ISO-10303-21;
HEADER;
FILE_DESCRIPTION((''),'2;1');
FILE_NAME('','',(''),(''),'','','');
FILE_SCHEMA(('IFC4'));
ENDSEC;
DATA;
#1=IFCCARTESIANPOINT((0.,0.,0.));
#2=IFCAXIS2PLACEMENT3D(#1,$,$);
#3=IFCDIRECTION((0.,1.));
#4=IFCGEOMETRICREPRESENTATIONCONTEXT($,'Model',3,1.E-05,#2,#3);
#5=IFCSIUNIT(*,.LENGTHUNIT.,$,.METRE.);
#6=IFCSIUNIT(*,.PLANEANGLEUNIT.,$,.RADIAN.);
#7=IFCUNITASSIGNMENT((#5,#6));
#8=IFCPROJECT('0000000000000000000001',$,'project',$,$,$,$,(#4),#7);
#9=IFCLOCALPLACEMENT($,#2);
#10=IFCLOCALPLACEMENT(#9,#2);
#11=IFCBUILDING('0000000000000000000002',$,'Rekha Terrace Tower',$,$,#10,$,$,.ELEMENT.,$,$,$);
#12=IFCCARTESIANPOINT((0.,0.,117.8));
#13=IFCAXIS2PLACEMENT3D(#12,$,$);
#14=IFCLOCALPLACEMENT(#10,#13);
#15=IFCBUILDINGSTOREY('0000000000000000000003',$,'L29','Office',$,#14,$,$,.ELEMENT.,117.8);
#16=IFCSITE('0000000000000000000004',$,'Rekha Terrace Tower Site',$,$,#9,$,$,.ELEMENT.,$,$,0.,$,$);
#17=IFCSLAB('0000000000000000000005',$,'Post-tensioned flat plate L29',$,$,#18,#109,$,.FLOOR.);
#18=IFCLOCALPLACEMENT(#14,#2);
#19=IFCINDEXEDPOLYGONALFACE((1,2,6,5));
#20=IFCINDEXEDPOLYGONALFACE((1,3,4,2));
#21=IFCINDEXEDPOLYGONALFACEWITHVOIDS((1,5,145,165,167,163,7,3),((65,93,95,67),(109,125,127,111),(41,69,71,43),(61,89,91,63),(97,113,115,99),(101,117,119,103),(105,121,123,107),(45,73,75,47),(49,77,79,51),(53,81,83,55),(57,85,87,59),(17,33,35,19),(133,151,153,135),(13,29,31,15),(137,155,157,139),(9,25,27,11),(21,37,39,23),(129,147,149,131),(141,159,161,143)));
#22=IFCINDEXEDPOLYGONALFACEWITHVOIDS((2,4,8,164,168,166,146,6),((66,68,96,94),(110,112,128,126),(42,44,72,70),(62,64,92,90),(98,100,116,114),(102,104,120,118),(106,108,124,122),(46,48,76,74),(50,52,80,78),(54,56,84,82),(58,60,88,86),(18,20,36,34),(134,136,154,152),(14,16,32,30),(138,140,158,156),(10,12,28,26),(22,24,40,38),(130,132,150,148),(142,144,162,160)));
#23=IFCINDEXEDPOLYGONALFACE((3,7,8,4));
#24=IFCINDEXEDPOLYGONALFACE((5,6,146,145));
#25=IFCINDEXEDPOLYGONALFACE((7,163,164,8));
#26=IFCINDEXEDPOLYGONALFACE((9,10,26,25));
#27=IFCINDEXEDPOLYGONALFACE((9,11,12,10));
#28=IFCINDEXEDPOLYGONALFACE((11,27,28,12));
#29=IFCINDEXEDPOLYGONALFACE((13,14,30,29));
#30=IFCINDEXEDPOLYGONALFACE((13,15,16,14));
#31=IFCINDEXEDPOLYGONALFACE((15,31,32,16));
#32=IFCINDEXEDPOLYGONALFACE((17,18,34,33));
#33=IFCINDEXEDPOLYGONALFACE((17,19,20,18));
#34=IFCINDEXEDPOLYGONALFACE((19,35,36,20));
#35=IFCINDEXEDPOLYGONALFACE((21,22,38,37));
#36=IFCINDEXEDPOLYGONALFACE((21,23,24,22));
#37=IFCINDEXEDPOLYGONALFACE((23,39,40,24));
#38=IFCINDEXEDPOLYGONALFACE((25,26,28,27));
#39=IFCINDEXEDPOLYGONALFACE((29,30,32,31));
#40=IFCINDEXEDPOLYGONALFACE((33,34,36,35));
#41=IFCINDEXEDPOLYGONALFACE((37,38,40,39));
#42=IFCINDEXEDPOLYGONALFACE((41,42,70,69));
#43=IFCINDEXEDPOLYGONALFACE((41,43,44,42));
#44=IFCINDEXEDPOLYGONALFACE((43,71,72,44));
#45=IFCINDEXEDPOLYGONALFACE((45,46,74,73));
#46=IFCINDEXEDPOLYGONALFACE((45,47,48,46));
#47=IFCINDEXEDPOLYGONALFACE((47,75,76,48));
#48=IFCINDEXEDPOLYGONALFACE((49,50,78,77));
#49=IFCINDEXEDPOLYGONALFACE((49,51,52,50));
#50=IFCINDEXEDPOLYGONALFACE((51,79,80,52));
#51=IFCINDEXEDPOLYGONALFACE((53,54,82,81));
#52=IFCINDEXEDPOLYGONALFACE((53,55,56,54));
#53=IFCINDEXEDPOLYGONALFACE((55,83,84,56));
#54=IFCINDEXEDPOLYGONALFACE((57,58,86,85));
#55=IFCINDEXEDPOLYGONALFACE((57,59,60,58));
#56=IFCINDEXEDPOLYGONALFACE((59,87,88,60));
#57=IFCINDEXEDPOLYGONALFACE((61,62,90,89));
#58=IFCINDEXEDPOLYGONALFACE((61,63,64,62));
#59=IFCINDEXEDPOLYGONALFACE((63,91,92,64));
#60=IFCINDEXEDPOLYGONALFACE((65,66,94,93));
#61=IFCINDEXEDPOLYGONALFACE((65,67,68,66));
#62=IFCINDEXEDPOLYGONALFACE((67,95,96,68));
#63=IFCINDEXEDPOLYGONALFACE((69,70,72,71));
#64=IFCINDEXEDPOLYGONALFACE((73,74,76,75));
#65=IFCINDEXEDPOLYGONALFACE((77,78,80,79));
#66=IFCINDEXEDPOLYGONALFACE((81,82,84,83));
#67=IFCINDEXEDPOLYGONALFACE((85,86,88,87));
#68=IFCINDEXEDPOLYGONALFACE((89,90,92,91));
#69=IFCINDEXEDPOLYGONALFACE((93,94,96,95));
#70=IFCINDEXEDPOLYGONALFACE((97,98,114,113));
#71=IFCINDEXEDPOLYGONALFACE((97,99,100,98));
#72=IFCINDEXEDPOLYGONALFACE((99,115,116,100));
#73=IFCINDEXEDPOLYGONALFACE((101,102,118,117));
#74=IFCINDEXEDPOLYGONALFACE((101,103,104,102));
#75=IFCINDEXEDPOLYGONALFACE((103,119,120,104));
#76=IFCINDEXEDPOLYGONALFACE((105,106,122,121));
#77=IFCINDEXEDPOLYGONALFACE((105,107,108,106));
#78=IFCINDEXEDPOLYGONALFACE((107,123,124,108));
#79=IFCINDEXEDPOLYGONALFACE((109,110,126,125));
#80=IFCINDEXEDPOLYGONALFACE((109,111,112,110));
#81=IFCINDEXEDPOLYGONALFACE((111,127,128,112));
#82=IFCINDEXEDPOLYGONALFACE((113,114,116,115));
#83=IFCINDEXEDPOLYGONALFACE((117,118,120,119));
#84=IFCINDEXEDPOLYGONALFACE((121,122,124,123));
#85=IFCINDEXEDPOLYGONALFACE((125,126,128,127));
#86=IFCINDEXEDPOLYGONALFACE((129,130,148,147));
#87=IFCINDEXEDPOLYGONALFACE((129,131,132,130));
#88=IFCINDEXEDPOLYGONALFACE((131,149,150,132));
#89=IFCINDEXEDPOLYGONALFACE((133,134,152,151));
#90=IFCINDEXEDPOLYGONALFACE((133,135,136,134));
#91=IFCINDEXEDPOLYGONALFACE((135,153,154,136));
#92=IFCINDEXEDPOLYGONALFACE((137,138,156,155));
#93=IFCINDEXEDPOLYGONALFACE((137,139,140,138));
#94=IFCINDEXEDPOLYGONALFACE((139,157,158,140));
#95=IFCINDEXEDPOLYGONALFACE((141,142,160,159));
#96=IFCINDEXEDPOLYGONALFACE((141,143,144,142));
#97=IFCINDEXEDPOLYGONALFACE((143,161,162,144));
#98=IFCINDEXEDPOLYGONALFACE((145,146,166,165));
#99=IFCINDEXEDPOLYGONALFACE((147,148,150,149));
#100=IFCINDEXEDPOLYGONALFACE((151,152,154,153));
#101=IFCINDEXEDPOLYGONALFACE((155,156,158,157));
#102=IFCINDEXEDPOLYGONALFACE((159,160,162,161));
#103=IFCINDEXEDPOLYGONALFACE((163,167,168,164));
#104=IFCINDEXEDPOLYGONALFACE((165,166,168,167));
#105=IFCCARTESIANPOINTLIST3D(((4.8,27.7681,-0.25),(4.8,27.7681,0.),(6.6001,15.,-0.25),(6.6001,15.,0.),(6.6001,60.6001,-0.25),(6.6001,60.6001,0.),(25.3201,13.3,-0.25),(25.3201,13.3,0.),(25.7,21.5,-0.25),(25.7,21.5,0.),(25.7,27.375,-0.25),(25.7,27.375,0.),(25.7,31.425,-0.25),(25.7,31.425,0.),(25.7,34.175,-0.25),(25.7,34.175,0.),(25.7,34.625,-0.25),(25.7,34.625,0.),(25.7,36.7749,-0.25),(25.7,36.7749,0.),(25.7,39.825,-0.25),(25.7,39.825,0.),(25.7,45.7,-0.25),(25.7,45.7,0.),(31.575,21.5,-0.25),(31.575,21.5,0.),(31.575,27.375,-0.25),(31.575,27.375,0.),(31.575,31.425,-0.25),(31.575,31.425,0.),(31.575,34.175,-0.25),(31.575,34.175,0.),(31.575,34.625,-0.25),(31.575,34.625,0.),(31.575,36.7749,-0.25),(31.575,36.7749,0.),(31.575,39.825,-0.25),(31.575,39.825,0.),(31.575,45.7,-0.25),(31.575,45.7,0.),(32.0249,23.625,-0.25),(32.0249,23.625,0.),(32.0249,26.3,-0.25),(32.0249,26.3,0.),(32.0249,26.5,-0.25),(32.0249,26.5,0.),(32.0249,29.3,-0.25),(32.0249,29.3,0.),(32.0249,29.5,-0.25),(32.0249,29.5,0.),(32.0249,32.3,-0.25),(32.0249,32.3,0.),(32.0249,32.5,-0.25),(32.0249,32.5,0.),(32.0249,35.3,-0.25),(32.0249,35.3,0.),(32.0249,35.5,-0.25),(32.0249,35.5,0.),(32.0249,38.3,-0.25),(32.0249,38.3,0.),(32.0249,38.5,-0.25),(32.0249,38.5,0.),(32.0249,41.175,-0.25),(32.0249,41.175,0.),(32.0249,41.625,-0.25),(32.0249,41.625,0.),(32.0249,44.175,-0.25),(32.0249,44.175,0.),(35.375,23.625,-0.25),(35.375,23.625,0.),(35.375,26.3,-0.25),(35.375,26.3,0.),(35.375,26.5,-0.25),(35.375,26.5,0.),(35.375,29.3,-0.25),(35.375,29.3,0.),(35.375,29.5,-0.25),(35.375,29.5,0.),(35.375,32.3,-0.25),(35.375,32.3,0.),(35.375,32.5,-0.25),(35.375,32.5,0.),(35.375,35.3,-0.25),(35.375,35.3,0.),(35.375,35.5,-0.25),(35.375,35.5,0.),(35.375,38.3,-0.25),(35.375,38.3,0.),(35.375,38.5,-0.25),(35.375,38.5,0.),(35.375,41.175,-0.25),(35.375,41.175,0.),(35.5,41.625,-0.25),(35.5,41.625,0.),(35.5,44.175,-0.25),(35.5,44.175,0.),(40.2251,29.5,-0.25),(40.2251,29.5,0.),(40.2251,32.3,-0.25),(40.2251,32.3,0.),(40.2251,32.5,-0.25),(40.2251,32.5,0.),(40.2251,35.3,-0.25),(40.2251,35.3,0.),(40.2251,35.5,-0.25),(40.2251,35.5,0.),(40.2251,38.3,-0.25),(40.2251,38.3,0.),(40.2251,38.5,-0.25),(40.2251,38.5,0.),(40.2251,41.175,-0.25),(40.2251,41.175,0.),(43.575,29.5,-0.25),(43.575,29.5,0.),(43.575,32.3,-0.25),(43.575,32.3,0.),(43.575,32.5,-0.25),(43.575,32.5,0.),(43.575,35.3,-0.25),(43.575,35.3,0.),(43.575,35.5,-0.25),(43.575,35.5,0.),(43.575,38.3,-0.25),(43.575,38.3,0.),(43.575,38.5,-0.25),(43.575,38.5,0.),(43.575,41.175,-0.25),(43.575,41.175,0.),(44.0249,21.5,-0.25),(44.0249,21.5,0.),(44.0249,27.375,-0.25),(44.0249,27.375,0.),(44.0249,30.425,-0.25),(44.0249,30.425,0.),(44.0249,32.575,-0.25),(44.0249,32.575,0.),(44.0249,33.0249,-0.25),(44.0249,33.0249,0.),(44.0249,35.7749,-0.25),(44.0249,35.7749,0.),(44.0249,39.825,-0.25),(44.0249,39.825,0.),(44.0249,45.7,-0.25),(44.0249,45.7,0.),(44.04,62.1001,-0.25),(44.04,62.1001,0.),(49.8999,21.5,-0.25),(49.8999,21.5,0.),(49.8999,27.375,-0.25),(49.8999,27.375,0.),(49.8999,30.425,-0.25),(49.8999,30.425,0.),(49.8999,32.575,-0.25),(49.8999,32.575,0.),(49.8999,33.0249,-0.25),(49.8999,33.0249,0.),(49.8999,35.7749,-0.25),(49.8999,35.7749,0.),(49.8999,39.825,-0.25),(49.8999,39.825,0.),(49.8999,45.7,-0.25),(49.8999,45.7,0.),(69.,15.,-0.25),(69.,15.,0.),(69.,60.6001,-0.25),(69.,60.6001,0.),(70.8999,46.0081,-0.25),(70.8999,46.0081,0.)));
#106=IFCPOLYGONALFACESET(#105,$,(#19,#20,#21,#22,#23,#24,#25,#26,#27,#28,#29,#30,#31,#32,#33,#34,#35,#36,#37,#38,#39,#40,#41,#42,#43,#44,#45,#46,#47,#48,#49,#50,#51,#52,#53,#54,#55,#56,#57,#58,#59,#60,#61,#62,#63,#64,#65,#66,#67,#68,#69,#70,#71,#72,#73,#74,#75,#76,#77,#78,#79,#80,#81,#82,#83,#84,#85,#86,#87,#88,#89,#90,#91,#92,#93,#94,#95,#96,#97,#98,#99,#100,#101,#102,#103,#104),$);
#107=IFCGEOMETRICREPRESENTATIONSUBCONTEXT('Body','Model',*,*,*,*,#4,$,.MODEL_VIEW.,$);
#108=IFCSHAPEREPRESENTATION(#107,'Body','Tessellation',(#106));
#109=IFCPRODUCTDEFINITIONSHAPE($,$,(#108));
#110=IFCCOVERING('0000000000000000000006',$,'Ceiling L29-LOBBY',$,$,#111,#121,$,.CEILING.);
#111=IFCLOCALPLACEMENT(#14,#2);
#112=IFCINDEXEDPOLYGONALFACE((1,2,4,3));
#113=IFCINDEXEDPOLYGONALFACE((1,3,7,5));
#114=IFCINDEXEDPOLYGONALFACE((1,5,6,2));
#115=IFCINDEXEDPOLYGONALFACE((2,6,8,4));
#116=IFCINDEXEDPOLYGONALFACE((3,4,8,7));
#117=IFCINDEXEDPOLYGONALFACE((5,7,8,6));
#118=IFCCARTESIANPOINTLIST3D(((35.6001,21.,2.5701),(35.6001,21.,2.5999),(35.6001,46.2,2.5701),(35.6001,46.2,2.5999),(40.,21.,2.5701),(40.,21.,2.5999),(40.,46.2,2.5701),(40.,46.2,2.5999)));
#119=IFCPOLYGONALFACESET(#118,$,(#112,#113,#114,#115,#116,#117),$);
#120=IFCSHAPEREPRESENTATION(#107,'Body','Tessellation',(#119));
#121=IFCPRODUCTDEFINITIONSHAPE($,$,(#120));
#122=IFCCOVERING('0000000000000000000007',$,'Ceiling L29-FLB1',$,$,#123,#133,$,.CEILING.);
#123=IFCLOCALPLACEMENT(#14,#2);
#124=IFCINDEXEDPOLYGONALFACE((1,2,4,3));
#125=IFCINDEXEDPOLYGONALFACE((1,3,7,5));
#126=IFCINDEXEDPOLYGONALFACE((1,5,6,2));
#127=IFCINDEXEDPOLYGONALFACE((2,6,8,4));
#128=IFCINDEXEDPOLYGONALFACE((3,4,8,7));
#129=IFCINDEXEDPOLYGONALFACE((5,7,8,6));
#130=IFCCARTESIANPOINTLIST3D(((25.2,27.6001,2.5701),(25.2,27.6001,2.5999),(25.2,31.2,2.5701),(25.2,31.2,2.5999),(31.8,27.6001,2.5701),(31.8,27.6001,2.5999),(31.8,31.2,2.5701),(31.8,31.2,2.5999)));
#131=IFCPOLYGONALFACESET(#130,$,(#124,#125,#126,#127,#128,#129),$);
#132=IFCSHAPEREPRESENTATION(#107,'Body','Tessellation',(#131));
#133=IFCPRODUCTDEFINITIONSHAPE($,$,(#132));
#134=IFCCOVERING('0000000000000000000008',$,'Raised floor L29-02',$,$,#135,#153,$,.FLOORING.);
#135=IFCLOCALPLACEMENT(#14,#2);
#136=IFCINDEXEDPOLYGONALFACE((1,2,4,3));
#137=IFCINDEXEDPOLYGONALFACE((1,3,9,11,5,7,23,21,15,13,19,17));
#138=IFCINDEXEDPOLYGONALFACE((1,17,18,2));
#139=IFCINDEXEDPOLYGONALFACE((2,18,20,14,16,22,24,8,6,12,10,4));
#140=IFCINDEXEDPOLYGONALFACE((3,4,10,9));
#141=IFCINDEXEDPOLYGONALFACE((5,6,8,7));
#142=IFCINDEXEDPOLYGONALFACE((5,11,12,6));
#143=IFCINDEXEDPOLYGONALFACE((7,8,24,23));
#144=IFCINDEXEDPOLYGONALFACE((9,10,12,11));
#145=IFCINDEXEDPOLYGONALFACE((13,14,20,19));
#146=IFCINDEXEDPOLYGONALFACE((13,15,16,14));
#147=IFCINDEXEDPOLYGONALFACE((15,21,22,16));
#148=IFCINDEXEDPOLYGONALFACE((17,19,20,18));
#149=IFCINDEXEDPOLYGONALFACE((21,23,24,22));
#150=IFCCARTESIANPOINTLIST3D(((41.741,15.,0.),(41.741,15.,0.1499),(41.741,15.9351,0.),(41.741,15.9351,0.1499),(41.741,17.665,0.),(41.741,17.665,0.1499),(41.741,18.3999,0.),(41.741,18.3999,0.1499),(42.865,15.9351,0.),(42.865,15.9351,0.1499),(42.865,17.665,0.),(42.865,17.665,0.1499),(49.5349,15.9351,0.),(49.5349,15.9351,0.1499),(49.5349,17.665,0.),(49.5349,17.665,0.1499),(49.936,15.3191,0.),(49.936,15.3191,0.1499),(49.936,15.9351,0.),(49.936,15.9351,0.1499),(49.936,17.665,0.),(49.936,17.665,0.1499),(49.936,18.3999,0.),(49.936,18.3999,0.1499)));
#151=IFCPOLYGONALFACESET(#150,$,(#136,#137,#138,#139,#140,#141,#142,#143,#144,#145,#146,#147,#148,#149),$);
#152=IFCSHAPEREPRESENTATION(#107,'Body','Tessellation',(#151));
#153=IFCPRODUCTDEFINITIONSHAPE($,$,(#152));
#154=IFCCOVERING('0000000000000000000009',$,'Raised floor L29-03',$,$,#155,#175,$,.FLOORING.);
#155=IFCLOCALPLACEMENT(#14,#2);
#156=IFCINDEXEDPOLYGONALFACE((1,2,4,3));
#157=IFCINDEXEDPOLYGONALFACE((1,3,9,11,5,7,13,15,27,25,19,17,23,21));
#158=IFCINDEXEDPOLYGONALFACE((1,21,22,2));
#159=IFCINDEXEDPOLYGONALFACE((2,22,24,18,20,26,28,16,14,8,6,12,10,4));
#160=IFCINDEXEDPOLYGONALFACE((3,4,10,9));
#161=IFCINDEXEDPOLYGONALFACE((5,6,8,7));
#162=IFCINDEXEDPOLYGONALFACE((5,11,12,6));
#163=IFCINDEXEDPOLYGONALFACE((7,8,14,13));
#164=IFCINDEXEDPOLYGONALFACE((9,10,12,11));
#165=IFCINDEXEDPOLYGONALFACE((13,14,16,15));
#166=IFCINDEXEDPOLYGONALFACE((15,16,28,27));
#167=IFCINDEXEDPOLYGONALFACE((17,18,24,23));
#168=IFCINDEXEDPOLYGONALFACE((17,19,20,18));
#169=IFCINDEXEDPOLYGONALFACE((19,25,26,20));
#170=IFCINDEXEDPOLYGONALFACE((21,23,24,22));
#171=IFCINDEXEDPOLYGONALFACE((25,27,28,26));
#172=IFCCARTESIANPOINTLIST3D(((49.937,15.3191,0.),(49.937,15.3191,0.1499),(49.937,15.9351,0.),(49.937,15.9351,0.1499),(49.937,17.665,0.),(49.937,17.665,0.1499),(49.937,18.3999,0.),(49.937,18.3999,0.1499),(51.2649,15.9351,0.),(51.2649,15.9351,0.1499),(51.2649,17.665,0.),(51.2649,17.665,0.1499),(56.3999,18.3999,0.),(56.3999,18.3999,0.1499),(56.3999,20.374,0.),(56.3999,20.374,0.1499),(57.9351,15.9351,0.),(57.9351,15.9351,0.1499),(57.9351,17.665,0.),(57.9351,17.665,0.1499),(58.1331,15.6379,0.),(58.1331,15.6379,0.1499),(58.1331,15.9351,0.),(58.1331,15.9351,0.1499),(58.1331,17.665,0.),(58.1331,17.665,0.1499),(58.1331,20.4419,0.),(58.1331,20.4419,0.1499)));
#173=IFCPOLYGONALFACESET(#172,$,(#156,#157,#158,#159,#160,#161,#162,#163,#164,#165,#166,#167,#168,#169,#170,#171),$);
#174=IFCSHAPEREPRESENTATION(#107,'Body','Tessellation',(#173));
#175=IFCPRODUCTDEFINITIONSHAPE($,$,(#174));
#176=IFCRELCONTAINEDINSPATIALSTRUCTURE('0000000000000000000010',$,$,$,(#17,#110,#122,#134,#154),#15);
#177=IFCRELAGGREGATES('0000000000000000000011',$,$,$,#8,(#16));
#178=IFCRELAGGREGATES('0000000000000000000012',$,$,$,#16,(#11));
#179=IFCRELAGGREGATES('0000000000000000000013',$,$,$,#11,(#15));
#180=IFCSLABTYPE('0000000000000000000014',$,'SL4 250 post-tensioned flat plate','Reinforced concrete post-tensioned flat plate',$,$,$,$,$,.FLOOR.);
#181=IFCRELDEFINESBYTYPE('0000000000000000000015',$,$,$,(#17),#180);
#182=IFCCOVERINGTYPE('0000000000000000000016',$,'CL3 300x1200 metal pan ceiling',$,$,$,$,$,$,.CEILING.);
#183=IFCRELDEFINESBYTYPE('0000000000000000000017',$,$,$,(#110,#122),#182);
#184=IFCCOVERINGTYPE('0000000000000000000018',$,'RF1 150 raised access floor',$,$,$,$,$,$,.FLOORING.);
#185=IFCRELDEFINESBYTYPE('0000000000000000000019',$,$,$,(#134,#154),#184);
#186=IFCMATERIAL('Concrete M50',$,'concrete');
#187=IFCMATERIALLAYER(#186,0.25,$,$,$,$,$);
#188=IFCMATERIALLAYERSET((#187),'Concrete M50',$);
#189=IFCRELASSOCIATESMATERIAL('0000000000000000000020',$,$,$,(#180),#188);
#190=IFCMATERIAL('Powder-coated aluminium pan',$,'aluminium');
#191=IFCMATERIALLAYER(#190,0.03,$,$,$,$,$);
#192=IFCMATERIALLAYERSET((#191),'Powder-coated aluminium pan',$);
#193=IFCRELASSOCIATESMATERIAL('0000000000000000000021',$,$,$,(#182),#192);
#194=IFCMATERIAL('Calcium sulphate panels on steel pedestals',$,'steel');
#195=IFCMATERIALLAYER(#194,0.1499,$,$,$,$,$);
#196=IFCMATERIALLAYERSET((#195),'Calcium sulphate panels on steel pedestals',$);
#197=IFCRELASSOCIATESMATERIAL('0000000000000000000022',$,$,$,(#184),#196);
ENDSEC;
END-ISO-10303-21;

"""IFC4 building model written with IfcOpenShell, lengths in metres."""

from ifc_helpers import new_model, si_unit, direction, frame, origin, place, context, subcontext, project, spatial, polyline, outline, extrude, material, layer, layer_set, type_object, element, save


model = new_model("IFC4")

# Units and contexts
model_context = context("Model", 3, precision=1e-05, world=origin(), true_north=direction((0.0, 1.0)))
body_context = subcontext(model_context, "Body", "Model", "MODEL_VIEW")
ifc_project = project(units=[si_unit("LENGTHUNIT", "METRE"), si_unit("PLANEANGLEUNIT", "RADIAN")], contexts=[model_context])

# Site, building, storey
site_placement = place(None, origin())
site = spatial("IfcSite", under=ifc_project, at=site_placement, Name="Rekha Terrace Tower Site", CompositionType="ELEMENT", RefElevation=0.0)
building_placement = place(site_placement, origin())
building = spatial("IfcBuilding", under=site, at=building_placement, Name="Rekha Terrace Tower", CompositionType="ELEMENT")
storey_placement = place(building_placement, frame((0.0, 0.0, 117.8)))
storey = spatial("IfcBuildingStorey", under=building, at=storey_placement, Name="L29", Description="Office", CompositionType="ELEMENT", Elevation=117.8)

# Slab
ifc_material_1 = material(Name="Concrete M50", Category="concrete")
ifc_layer_1 = layer(ifc_material_1, 0.25)
ifc_layer_set_1 = layer_set([ifc_layer_1], Name="Concrete M50")
slab_type_1 = type_object("IfcSlabType", Name="SL4 250 post-tensioned flat plate", Description="Reinforced concrete post-tensioned flat plate", PredefinedType="FLOOR", material=ifc_layer_set_1)
slab_1_placement = place(storey_placement, frame((0.0, 0.0, -0.25)))
element("IfcSlab", 1, at=slab_1_placement, inside=storey, type_object=slab_type_1, Name="Post-tensioned flat plate L29", PredefinedType="FLOOR", context=body_context, shape_type="SweptSolid", body=[
    extrude(outline(polyline([(4.8, 27.7681), (6.6001, 15.0), (25.3201, 13.3), (69.0, 15.0), (70.8999, 46.0081), (69.0, 60.6001), (44.04, 62.1001), (6.6001, 60.6001), (4.8, 27.7681)]), holes=[polyline([(31.575, 27.375), (31.575, 21.5), (25.7, 21.5), (25.7, 27.375), (31.575, 27.375)]), polyline([(35.375, 26.3), (35.375, 23.625), (32.0249, 23.625), (32.0249, 26.3), (35.375, 26.3)]), polyline([(35.375, 29.3), (35.375, 26.5), (32.0249, 26.5), (32.0249, 29.3), (35.375, 29.3)]), polyline([(35.375, 32.3), (35.375, 29.5), (32.0249, 29.5), (32.0249, 32.3), (35.375, 32.3)]), polyline([(31.575, 34.175), (31.575, 31.425), (25.7, 31.425), (25.7, 34.175), (31.575, 34.175)]), polyline([(35.375, 35.3), (35.375, 32.5), (32.0249, 32.5), (32.0249, 35.3), (35.375, 35.3)]), polyline([(31.575, 36.7749), (31.575, 34.625), (25.7, 34.625), (25.7, 36.7749), (31.575, 36.7749)]), polyline([(35.375, 35.5), (32.0249, 35.5), (32.0249, 38.3), (35.375, 38.3), (35.375, 35.5)]), polyline([(35.375, 38.5), (32.0249, 38.5), (32.0249, 41.175), (35.375, 41.175), (35.375, 38.5)]), polyline([(31.575, 45.7), (31.575, 39.825), (25.7, 39.825), (25.7, 45.7), (31.575, 45.7)]), polyline([(49.8999, 27.375), (49.8999, 21.5), (44.0249, 21.5), (44.0249, 27.375), (49.8999, 27.375)]), polyline([(43.575, 32.3), (43.575, 29.5), (40.2251, 29.5), (40.2251, 32.3), (43.575, 32.3)]), polyline([(49.8999, 30.425), (44.0249, 30.425), (44.0249, 32.575), (49.8999, 32.575), (49.8999, 30.425)]), polyline([(43.575, 32.5), (40.2251, 32.5), (40.2251, 35.3), (43.575, 35.3), (43.575, 32.5)]), polyline([(49.8999, 35.7749), (49.8999, 33.0249), (44.0249, 33.0249), (44.0249, 35.7749), (49.8999, 35.7749)]), polyline([(43.575, 38.3), (43.575, 35.5), (40.2251, 35.5), (40.2251, 38.3), (43.575, 38.3)]), polyline([(43.575, 41.175), (43.575, 38.5), (40.2251, 38.5), (40.2251, 41.175), (43.575, 41.175)]), polyline([(49.8999, 39.825), (44.0249, 39.825), (44.0249, 45.7), (49.8999, 45.7), (49.8999, 39.825)]), polyline([(35.5, 41.625), (32.0249, 41.625), (32.0249, 44.175), (35.5, 44.175), (35.5, 41.625)])]), origin(), (0.0, 0.0, 1.0), 0.25),
])

# Coverings
ifc_material_2 = material(Name="Powder-coated aluminium pan", Category="aluminium")
ifc_layer_2 = layer(ifc_material_2, 0.03)
ifc_layer_set_2 = layer_set([ifc_layer_2], Name="Powder-coated aluminium pan")
covering_type_1 = type_object("IfcCoveringType", Name="CL3 300x1200 metal pan ceiling", PredefinedType="CEILING", material=ifc_layer_set_2)
covering_1_placement = place(storey_placement, frame((0.0, 0.0, 2.5701)))
element("IfcCovering", 2, at=covering_1_placement, inside=storey, type_object=covering_type_1, Name="Ceiling L29-LOBBY", PredefinedType="CEILING", context=body_context, shape_type="SweptSolid", body=[
    extrude(outline(polyline([(40.0, 46.2), (35.6001, 46.2), (35.6001, 21.0), (40.0, 21.0), (40.0, 46.2)])), origin(), (0.0, 0.0, 1.0), 0.0298),
])
covering_2_placement = place(storey_placement, frame((0.0, 0.0, 2.5701)))
element("IfcCovering", 3, at=covering_2_placement, inside=storey, type_object=covering_type_1, Name="Ceiling L29-FLB1", PredefinedType="CEILING", context=body_context, shape_type="SweptSolid", body=[
    extrude(outline(polyline([(31.8, 31.2), (25.2, 31.2), (25.2, 27.6001), (31.8, 27.6001), (31.8, 31.2)])), origin(), (0.0, 0.0, 1.0), 0.0298),
])
ifc_material_3 = material(Name="Calcium sulphate panels on steel pedestals", Category="steel")
ifc_layer_3 = layer(ifc_material_3, 0.1499)
ifc_layer_set_3 = layer_set([ifc_layer_3], Name="Calcium sulphate panels on steel pedestals")
covering_type_2 = type_object("IfcCoveringType", Name="RF1 150 raised access floor", PredefinedType="FLOORING", material=ifc_layer_set_3)
covering_3_placement = place(storey_placement, origin())
element("IfcCovering", 4, at=covering_3_placement, inside=storey, type_object=covering_type_2, Name="Raised floor L29-02", PredefinedType="FLOORING", context=body_context, shape_type="SweptSolid", body=[
    extrude(outline(polyline([(49.936, 17.665), (49.936, 18.3999), (41.741, 18.3999), (41.741, 17.665), (42.865, 17.665), (42.865, 15.9351), (41.741, 15.9351), (41.741, 15.0), (49.936, 15.3191), (49.936, 15.9351), (49.5349, 15.9351), (49.5349, 17.665), (49.936, 17.665)])), origin(), (0.0, 0.0, 1.0), 0.1499),
])
covering_4_placement = place(storey_placement, origin())
element("IfcCovering", 5, at=covering_4_placement, inside=storey, type_object=covering_type_2, Name="Raised floor L29-03", PredefinedType="FLOORING", context=body_context, shape_type="SweptSolid", body=[
    extrude(outline(polyline([(56.3999, 20.374), (56.3999, 18.3999), (49.937, 18.3999), (49.937, 17.665), (51.2649, 17.665), (51.2649, 15.9351), (49.937, 15.9351), (49.937, 15.3191), (58.1331, 15.6379), (58.1331, 15.9351), (57.9351, 15.9351), (57.9351, 17.665), (58.1331, 17.665), (58.1331, 20.4419), (56.3999, 20.374)])), origin(), (0.0, 0.0, 1.0), 0.1499),
])

save(model, "model.ifc")
